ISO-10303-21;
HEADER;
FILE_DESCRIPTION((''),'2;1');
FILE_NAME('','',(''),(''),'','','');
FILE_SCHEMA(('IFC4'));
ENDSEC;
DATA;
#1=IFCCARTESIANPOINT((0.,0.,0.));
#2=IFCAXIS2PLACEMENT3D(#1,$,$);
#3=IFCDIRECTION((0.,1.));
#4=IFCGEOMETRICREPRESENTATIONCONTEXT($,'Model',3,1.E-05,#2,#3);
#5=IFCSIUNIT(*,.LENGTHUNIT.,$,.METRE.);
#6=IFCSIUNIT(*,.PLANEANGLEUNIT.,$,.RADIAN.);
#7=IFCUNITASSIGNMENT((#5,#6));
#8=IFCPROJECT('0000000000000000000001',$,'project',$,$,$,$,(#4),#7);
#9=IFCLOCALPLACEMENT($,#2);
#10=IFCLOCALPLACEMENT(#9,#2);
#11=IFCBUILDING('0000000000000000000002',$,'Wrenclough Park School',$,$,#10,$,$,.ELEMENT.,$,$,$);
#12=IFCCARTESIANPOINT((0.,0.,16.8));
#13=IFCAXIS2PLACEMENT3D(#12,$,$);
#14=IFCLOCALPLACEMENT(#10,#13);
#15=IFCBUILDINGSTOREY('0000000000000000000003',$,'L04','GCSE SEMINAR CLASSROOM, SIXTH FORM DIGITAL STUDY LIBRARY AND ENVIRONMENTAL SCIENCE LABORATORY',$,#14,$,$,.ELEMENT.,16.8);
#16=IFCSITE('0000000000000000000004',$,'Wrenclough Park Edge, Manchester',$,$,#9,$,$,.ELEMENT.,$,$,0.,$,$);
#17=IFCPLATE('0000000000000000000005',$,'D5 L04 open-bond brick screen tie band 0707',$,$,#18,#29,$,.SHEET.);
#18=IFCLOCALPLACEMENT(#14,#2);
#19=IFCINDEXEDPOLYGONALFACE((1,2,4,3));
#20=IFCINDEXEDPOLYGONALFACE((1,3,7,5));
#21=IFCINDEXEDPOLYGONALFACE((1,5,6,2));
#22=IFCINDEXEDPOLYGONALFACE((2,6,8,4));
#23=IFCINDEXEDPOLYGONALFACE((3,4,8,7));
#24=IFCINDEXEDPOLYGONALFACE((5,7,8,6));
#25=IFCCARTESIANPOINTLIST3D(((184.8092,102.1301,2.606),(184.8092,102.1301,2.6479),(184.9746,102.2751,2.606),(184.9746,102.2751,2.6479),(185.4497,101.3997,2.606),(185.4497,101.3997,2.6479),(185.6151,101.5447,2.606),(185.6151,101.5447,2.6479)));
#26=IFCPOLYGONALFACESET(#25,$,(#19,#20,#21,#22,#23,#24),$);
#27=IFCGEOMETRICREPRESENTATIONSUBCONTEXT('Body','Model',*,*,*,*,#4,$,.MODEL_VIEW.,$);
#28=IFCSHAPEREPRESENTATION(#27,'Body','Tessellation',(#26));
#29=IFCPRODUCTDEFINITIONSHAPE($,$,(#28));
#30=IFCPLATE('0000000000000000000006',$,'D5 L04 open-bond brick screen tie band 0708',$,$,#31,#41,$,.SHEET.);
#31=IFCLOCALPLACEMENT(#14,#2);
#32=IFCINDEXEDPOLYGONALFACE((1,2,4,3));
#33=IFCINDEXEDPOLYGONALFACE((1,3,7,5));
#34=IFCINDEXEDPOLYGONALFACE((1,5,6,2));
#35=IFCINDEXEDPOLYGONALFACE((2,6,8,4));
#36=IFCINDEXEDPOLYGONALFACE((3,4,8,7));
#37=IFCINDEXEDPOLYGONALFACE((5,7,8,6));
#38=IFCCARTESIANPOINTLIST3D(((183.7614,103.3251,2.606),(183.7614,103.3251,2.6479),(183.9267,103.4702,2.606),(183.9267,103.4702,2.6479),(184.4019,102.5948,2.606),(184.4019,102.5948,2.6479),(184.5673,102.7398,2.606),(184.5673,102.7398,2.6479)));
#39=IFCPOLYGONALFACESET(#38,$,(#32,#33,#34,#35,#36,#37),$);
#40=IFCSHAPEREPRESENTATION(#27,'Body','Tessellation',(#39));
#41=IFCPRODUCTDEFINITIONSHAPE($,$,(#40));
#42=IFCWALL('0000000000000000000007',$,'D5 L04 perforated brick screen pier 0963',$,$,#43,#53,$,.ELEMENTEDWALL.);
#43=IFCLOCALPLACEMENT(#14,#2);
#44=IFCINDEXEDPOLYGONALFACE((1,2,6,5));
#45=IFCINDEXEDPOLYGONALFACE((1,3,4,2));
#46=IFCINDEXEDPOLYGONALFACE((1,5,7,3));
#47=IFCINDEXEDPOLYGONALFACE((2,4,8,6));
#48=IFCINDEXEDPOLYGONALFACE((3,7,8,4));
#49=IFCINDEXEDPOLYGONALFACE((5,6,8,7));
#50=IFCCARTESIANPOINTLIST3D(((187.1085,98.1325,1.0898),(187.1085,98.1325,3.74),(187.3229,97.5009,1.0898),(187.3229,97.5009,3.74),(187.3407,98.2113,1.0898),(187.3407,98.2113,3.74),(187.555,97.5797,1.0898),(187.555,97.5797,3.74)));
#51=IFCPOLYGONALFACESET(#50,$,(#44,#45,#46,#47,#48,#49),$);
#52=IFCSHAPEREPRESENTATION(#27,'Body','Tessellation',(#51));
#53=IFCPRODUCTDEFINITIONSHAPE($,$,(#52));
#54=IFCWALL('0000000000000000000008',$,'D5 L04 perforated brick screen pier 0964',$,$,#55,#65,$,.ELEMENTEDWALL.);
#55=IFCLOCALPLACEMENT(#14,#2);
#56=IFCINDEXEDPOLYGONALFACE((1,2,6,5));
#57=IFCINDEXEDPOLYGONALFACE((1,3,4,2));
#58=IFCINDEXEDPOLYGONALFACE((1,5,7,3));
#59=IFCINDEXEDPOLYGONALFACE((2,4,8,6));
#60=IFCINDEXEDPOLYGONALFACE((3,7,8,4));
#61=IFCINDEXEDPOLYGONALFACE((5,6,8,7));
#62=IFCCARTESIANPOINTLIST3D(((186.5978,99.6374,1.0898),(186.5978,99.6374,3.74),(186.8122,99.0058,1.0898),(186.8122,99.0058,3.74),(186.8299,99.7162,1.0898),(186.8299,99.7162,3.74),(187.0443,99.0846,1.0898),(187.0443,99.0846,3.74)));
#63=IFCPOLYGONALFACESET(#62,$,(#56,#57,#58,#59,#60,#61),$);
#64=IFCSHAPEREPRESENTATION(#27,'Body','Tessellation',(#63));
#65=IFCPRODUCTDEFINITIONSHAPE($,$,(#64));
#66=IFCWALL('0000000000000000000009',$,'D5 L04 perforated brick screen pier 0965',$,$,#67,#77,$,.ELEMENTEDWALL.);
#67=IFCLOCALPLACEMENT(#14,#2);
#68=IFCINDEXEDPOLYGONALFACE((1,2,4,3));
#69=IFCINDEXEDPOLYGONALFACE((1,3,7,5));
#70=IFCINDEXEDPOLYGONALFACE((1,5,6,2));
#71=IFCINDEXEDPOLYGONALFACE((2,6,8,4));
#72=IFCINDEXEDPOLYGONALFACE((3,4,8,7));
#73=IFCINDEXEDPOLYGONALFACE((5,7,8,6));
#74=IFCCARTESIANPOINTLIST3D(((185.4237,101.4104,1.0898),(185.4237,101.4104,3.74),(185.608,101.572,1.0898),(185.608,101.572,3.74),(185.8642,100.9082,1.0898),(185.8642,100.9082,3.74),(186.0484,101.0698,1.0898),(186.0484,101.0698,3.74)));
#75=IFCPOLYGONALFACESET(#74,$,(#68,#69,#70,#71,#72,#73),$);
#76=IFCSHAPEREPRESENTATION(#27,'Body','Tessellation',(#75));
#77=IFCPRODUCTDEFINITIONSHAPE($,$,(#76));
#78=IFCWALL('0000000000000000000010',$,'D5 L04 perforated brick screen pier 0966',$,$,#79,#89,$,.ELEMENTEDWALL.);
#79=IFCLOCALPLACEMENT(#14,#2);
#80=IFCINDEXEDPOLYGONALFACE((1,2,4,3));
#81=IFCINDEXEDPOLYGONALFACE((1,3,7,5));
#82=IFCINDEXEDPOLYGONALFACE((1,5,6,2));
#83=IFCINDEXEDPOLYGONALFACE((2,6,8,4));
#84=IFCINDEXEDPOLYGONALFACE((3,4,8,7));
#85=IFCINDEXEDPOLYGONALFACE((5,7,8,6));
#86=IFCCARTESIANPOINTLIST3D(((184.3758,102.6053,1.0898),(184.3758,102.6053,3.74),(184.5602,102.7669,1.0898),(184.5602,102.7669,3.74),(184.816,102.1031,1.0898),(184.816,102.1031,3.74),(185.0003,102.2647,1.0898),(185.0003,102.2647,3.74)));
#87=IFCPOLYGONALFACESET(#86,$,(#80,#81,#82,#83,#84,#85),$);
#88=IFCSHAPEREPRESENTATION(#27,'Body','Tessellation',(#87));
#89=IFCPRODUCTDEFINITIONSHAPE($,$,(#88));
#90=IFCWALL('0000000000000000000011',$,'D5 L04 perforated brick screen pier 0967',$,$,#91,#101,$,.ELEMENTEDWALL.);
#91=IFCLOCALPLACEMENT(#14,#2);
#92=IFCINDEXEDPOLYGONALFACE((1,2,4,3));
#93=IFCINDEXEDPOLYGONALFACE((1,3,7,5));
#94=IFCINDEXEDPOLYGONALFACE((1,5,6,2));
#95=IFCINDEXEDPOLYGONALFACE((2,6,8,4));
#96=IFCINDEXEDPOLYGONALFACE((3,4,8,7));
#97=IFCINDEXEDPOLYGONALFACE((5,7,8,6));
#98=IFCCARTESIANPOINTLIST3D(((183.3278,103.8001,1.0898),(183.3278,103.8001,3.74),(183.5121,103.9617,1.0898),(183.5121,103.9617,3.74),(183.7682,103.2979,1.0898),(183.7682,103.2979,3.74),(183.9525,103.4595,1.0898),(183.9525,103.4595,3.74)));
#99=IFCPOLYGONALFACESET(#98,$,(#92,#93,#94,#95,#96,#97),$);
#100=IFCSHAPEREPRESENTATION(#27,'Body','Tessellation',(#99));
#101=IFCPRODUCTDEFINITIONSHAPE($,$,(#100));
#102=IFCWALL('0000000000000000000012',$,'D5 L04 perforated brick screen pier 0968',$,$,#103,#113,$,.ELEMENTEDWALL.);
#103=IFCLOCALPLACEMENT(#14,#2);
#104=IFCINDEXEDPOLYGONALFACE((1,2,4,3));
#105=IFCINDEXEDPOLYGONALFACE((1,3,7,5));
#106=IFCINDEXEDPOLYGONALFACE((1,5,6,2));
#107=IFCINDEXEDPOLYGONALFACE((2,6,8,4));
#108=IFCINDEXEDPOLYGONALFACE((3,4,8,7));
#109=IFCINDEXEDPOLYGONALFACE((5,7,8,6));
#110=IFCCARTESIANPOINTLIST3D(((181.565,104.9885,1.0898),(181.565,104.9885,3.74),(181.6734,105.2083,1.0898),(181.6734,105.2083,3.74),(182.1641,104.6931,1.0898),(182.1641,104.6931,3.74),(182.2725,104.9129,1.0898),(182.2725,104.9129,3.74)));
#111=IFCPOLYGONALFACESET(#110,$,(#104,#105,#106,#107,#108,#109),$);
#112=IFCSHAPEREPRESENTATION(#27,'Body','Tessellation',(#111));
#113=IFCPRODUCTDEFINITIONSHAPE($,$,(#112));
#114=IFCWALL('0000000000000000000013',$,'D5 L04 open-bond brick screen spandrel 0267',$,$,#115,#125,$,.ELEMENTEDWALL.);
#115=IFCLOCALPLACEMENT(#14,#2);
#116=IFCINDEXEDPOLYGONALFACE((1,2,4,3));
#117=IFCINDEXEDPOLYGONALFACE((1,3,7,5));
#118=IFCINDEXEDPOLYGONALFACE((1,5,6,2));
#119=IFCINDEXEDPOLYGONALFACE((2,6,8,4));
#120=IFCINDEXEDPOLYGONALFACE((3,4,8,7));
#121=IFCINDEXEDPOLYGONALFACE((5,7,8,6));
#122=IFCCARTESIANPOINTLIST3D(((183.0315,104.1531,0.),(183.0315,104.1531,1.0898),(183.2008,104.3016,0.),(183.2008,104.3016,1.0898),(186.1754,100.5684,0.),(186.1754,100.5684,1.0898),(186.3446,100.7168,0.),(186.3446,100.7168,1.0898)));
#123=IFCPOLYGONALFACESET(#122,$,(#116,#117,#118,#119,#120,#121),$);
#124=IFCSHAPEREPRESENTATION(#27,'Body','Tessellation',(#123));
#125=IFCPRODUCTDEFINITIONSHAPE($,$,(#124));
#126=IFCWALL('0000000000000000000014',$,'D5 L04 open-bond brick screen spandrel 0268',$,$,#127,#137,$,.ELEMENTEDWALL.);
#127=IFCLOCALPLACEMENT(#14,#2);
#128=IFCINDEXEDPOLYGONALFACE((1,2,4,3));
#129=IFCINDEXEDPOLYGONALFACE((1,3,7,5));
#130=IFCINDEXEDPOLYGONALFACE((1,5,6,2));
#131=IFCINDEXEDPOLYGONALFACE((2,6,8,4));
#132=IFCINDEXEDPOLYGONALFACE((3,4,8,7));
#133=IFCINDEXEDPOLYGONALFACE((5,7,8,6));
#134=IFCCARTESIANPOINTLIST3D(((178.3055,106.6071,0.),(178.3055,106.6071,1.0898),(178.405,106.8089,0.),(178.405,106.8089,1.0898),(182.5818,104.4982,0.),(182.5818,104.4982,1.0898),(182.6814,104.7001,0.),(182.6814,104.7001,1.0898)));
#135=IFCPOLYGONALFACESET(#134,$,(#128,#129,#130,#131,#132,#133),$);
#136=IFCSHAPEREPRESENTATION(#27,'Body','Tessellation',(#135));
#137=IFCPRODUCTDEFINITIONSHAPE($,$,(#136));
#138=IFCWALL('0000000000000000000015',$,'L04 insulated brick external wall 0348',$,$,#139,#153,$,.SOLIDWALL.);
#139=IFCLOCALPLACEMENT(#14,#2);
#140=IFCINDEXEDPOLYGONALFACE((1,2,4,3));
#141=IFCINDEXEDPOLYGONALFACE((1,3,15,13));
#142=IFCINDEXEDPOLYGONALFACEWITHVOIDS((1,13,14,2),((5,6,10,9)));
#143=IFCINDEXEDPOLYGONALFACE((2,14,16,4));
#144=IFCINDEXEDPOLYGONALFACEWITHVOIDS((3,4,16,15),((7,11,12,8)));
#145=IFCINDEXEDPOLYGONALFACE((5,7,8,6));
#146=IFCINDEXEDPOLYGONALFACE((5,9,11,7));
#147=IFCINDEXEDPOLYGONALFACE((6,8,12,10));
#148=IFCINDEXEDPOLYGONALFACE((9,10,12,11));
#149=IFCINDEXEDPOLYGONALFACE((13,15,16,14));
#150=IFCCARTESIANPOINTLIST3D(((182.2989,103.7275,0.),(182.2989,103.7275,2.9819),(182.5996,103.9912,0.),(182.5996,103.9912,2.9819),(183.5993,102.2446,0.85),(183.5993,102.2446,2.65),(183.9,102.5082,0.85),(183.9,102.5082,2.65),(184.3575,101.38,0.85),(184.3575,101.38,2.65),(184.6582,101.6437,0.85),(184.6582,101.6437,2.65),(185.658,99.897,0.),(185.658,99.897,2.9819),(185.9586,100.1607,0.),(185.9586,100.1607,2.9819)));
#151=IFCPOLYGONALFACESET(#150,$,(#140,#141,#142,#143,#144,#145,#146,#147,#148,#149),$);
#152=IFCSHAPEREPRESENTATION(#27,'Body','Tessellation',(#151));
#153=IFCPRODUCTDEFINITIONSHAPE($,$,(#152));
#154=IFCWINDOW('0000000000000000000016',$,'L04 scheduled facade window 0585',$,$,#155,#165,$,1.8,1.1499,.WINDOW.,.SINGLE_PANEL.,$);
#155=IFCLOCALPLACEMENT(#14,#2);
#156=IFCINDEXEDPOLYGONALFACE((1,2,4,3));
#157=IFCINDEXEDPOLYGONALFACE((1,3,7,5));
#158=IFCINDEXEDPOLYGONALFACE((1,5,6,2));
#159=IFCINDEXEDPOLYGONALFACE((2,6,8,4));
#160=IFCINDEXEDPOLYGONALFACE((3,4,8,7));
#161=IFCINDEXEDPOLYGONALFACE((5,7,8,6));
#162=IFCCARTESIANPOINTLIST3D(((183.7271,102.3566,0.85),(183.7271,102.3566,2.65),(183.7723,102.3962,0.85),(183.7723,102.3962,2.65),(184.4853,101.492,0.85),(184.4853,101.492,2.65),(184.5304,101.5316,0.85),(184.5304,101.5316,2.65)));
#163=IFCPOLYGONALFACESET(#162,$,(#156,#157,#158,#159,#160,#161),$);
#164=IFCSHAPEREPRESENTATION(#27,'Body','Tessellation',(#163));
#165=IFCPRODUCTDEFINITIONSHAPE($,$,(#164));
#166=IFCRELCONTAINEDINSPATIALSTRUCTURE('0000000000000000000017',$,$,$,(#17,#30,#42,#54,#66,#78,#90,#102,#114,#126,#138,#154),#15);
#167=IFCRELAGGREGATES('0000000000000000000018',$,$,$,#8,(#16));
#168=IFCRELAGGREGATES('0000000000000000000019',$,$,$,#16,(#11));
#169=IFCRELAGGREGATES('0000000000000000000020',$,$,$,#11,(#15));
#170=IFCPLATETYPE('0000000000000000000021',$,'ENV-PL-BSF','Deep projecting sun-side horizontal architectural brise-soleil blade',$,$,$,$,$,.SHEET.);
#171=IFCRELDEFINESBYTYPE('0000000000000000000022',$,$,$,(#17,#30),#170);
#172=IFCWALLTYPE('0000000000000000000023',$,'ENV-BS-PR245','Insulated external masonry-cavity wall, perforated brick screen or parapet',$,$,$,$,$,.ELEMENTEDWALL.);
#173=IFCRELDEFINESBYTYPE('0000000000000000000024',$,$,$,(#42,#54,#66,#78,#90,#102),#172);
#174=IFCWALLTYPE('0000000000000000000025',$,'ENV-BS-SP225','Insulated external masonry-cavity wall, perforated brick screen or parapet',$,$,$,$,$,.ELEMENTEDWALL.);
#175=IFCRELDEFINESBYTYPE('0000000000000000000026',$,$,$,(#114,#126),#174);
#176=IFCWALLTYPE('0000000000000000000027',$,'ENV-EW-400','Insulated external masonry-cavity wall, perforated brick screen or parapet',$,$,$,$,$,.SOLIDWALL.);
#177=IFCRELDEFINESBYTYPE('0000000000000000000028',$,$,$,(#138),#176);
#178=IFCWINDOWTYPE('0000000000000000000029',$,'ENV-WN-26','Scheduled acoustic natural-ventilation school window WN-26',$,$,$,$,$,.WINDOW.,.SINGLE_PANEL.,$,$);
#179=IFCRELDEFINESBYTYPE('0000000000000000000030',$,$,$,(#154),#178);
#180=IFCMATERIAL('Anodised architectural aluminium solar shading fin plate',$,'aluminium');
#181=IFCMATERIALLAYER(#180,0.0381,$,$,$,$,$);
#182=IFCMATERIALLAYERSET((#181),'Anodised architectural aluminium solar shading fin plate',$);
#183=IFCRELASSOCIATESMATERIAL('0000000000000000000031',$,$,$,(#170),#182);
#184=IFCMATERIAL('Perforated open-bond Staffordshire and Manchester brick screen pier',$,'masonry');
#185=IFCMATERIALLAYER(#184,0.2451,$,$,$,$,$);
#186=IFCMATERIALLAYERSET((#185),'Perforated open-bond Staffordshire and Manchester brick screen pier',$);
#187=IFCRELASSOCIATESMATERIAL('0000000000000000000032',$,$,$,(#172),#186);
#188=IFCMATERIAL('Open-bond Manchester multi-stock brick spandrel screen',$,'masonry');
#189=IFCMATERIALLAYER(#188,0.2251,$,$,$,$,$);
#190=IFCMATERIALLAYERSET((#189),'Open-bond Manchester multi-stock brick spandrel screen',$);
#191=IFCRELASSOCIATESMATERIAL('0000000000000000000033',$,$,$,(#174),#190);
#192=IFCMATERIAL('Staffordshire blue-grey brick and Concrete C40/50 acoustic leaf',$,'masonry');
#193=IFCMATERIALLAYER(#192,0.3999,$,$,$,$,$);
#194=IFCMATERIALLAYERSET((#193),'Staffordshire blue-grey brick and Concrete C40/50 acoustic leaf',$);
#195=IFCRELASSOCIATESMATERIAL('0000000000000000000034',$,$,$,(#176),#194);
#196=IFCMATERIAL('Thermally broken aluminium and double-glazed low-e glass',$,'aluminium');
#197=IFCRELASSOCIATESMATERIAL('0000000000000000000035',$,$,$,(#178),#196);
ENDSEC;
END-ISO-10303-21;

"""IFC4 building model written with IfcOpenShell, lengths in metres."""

from ifc_helpers import new_model, si_unit, direction, frame, frame_2d, origin, origin_2d, place, context, subcontext, project, spatial, rectangle, extrude, material, layer, layer_set, type_object, element, fill, save


model = new_model("IFC4")

# Units and contexts
model_context = context("Model", 3, precision=1e-05, world=origin(), true_north=direction((0.0, 1.0)))
body_context = subcontext(model_context, "Body", "Model", "MODEL_VIEW")
ifc_project = project(units=[si_unit("LENGTHUNIT", "METRE"), si_unit("PLANEANGLEUNIT", "RADIAN")], contexts=[model_context])

# Site, building, storey
site_placement = place(None, origin())
site = spatial("IfcSite", under=ifc_project, at=site_placement, Name="Wrenclough Park Edge, Manchester", CompositionType="ELEMENT", RefElevation=0.0)
building_placement = place(site_placement, origin())
building = spatial("IfcBuilding", under=site, at=building_placement, Name="Wrenclough Park School", CompositionType="ELEMENT")
storey_placement = place(building_placement, frame((0.0, 0.0, 16.8)))
storey = spatial("IfcBuildingStorey", under=building, at=storey_placement, Name="L04", Description="GCSE SEMINAR CLASSROOM, SIXTH FORM DIGITAL STUDY LIBRARY AND ENVIRONMENTAL SCIENCE LABORATORY", CompositionType="ELEMENT", Elevation=16.8)

# Plates
ifc_material_1 = material(Name="Anodised architectural aluminium solar shading fin plate", Category="aluminium")
ifc_layer_1 = layer(ifc_material_1, 0.0381)
ifc_layer_set_1 = layer_set([ifc_layer_1], Name="Anodised architectural aluminium solar shading fin plate")
plate_type = type_object("IfcPlateType", Name="ENV-PL-BSF", Description="Deep projecting sun-side horizontal architectural brise-soleil blade", PredefinedType="SHEET", material=ifc_layer_set_1)
for number, where, z_axis, x_axis, name in (
    (1, (185.2122, 101.8374, 2.606), (0.0, 0.0, 1.0), (-0.659348, 0.751838, 0.0), "D5 L04 open-bond brick screen tie band 0707"),
    (2, (184.1643, 103.0325, 2.606), (0.0, 0.0, 1.0), (-0.659348, 0.751838, 0.0), "D5 L04 open-bond brick screen tie band 0708"),
):
    element("IfcPlate", number, at=place(storey_placement, frame(where, z_axis=z_axis, x_axis=x_axis)), inside=storey, type_object=plate_type, Name=name, PredefinedType="SHEET", context=body_context, shape_type="SweptSolid", body=[
        extrude(rectangle(XDim=0.9714, YDim=0.22, at=origin_2d()), origin(), (0.0, 0.0, 1.0), 0.042),
    ])

# Walls
ifc_material_2 = material(Name="Perforated open-bond Staffordshire and Manchester brick screen pier", Category="masonry")
ifc_layer_2 = layer(ifc_material_2, 0.2451)
ifc_layer_set_2 = layer_set([ifc_layer_2], Name="Perforated open-bond Staffordshire and Manchester brick screen pier")
wall_type_1 = type_object("IfcWallType", Name="ENV-BS-PR245", Description="Insulated external masonry-cavity wall, perforated brick screen or parapet", PredefinedType="ELEMENTEDWALL", material=ifc_layer_set_2)
for number, where, z_axis, x_axis, name in (
    (3, (187.439, 97.5403, 1.0898), (0.0, 0.0, 1.0), (-0.321384, 0.946949, 0.0), "D5 L04 perforated brick screen pier 0963"),
    (4, (186.9282, 99.0452, 1.0898), (0.0, 0.0, 1.0), (-0.321384, 0.946949, 0.0), "D5 L04 perforated brick screen pier 0964"),
):
    element("IfcWall", number, at=place(storey_placement, frame(where, z_axis=z_axis, x_axis=x_axis)), inside=storey, type_object=wall_type_1, Name=name, PredefinedType="ELEMENTEDWALL", context=body_context, shape_type="SweptSolid", body=[
        extrude(rectangle(XDim=0.667, YDim=0.2451, at=frame_2d((0.3335, 0.0))), origin(), (0.0, 0.0, 1.0), 2.6501),
    ])
wall_1_placement = place(storey_placement, frame((185.9563, 100.989, 1.0898), z_axis=(0.0, 0.0, 1.0), x_axis=(-0.659358, 0.751829, 0.0)))
element("IfcWall", 5, at=wall_1_placement, inside=storey, type_object=wall_type_1, Name="D5 L04 perforated brick screen pier 0965", PredefinedType="ELEMENTEDWALL", context=body_context, shape_type="SweptSolid", body=[
    extrude(rectangle(XDim=0.668, YDim=0.2451, at=frame_2d((0.334, 0.0))), origin(), (0.0, 0.0, 1.0), 2.6501),
])
wall_2_placement = place(storey_placement, frame((184.9082, 102.1838, 1.0898), z_axis=(0.0, 0.0, 1.0), x_axis=(-0.659151, 0.75201, 0.0)))
element("IfcWall", 6, at=wall_2_placement, inside=storey, type_object=wall_type_1, Name="D5 L04 perforated brick screen pier 0966", PredefinedType="ELEMENTEDWALL", context=body_context, shape_type="SweptSolid", body=[
    extrude(rectangle(XDim=0.6677, YDim=0.2451, at=frame_2d((0.334, 0.0))), origin(), (0.0, 0.0, 1.0), 2.6501),
])
for number, where, z_axis, x_axis, name in (
    (7, (183.8604, 103.3787, 1.0898), (0.0, 0.0, 1.0), (-0.659358, 0.751829, 0.0), "D5 L04 perforated brick screen pier 0967"),
    (8, (182.2183, 104.803, 1.0898), (0.0, 0.0, 1.0), (-0.896899, 0.442236, 0.0), "D5 L04 perforated brick screen pier 0968"),
):
    element("IfcWall", number, at=place(storey_placement, frame(where, z_axis=z_axis, x_axis=x_axis)), inside=storey, type_object=wall_type_1, Name=name, PredefinedType="ELEMENTEDWALL", context=body_context, shape_type="SweptSolid", body=[
        extrude(rectangle(XDim=0.668, YDim=0.2451, at=frame_2d((0.334, 0.0))), origin(), (0.0, 0.0, 1.0), 2.6501),
    ])
ifc_material_3 = material(Name="Open-bond Manchester multi-stock brick spandrel screen", Category="masonry")
ifc_layer_3 = layer(ifc_material_3, 0.2251)
ifc_layer_set_3 = layer_set([ifc_layer_3], Name="Open-bond Manchester multi-stock brick spandrel screen")
wall_type_2 = type_object("IfcWallType", Name="ENV-BS-SP225", Description="Insulated external masonry-cavity wall, perforated brick screen or parapet", PredefinedType="ELEMENTEDWALL", material=ifc_layer_set_3)
for number, where, z_axis, x_axis, name in (
    (9, (186.26, 100.6426, 0.0), (0.0, 0.0, 1.0), (-0.659356, 0.751831, 0.0), "D5 L04 open-bond brick screen spandrel 0267"),
    (10, (182.6316, 104.5991, 0.0), (0.0, 0.0, 1.0), (-0.896871, 0.442291, 0.0), "D5 L04 open-bond brick screen spandrel 0268"),
):
    element("IfcWall", number, at=place(storey_placement, frame(where, z_axis=z_axis, x_axis=x_axis)), inside=storey, type_object=wall_type_2, Name=name, PredefinedType="ELEMENTEDWALL", context=body_context, shape_type="SweptSolid", body=[
        extrude(rectangle(XDim=4.7681, YDim=0.2251, at=frame_2d((2.384, 0.0))), origin(), (0.0, 0.0, 1.0), 1.0898),
    ])

# Wall, opening, window
ifc_material_4 = material(Name="Staffordshire blue-grey brick and Concrete C40/50 acoustic leaf", Category="masonry")
ifc_layer_4 = layer(ifc_material_4, 0.3999)
ifc_layer_set_4 = layer_set([ifc_layer_4], Name="Staffordshire blue-grey brick and Concrete C40/50 acoustic leaf")
wall_type_3 = type_object("IfcWallType", Name="ENV-EW-400", Description="Insulated external masonry-cavity wall, perforated brick screen or parapet", PredefinedType="SOLIDWALL", material=ifc_layer_set_4)
wall_3_placement = place(storey_placement, frame((182.4492, 103.8594, 0.0), z_axis=(0.0, 0.0, 1.0), x_axis=(0.659325, -0.751858, 0.0)))
wall_3 = element("IfcWall", 11, at=wall_3_placement, inside=storey, type_object=wall_type_3, Name="L04 insulated brick external wall 0348", PredefinedType="SOLIDWALL", context=body_context, shape_type="SweptSolid", body=[
    extrude(rectangle(XDim=5.0947, YDim=0.3999, at=frame_2d((2.5474, 0.0))), origin(), (0.0, 0.0, 1.0), 2.9819),
])
opening_1_placement = place(wall_3_placement, frame((1.9724, 0.0, 0.8501)))
opening_1 = element("IfcOpeningElement", 12, at=opening_1_placement, cuts=wall_3, PredefinedType="OPENING", context=body_context, shape_type="SweptSolid", body=[
    extrude(rectangle(XDim=1.1499, YDim=1.8, at=frame_2d((0.575, 0.8999))), frame((0.0, 0.21, 0.0), z_axis=(0.0, -1.0, 0.0), x_axis=(1.0, 0.0, 0.0)), (0.0, 0.0, 1.0), 0.4199),
])
ifc_material_5 = material(Name="Thermally broken aluminium and double-glazed low-e glass", Category="aluminium")
window_type_1 = type_object("IfcWindowType", Name="ENV-WN-26", Description="Scheduled acoustic natural-ventilation school window WN-26", PartitioningType="SINGLE_PANEL", PredefinedType="WINDOW", material=ifc_material_5)
window_1_placement = place(opening_1_placement, origin())
window_1 = element("IfcWindow", 13, at=window_1_placement, inside=storey, type_object=window_type_1, Name="L04 scheduled facade window 0585", OverallHeight=1.8, OverallWidth=1.1499, PartitioningType="SINGLE_PANEL", PredefinedType="WINDOW", context=body_context, shape_type="SweptSolid", body=[
    extrude(rectangle(XDim=1.1499, YDim=1.8, at=frame_2d((0.575, 0.8999))), frame((0.0, 0.03, 0.0), z_axis=(0.0, -1.0, 0.0), x_axis=(1.0, 0.0, 0.0)), (0.0, 0.0, 1.0), 0.0601),
])
fill(opening_1, window_1)

save(model, "model.ifc")
